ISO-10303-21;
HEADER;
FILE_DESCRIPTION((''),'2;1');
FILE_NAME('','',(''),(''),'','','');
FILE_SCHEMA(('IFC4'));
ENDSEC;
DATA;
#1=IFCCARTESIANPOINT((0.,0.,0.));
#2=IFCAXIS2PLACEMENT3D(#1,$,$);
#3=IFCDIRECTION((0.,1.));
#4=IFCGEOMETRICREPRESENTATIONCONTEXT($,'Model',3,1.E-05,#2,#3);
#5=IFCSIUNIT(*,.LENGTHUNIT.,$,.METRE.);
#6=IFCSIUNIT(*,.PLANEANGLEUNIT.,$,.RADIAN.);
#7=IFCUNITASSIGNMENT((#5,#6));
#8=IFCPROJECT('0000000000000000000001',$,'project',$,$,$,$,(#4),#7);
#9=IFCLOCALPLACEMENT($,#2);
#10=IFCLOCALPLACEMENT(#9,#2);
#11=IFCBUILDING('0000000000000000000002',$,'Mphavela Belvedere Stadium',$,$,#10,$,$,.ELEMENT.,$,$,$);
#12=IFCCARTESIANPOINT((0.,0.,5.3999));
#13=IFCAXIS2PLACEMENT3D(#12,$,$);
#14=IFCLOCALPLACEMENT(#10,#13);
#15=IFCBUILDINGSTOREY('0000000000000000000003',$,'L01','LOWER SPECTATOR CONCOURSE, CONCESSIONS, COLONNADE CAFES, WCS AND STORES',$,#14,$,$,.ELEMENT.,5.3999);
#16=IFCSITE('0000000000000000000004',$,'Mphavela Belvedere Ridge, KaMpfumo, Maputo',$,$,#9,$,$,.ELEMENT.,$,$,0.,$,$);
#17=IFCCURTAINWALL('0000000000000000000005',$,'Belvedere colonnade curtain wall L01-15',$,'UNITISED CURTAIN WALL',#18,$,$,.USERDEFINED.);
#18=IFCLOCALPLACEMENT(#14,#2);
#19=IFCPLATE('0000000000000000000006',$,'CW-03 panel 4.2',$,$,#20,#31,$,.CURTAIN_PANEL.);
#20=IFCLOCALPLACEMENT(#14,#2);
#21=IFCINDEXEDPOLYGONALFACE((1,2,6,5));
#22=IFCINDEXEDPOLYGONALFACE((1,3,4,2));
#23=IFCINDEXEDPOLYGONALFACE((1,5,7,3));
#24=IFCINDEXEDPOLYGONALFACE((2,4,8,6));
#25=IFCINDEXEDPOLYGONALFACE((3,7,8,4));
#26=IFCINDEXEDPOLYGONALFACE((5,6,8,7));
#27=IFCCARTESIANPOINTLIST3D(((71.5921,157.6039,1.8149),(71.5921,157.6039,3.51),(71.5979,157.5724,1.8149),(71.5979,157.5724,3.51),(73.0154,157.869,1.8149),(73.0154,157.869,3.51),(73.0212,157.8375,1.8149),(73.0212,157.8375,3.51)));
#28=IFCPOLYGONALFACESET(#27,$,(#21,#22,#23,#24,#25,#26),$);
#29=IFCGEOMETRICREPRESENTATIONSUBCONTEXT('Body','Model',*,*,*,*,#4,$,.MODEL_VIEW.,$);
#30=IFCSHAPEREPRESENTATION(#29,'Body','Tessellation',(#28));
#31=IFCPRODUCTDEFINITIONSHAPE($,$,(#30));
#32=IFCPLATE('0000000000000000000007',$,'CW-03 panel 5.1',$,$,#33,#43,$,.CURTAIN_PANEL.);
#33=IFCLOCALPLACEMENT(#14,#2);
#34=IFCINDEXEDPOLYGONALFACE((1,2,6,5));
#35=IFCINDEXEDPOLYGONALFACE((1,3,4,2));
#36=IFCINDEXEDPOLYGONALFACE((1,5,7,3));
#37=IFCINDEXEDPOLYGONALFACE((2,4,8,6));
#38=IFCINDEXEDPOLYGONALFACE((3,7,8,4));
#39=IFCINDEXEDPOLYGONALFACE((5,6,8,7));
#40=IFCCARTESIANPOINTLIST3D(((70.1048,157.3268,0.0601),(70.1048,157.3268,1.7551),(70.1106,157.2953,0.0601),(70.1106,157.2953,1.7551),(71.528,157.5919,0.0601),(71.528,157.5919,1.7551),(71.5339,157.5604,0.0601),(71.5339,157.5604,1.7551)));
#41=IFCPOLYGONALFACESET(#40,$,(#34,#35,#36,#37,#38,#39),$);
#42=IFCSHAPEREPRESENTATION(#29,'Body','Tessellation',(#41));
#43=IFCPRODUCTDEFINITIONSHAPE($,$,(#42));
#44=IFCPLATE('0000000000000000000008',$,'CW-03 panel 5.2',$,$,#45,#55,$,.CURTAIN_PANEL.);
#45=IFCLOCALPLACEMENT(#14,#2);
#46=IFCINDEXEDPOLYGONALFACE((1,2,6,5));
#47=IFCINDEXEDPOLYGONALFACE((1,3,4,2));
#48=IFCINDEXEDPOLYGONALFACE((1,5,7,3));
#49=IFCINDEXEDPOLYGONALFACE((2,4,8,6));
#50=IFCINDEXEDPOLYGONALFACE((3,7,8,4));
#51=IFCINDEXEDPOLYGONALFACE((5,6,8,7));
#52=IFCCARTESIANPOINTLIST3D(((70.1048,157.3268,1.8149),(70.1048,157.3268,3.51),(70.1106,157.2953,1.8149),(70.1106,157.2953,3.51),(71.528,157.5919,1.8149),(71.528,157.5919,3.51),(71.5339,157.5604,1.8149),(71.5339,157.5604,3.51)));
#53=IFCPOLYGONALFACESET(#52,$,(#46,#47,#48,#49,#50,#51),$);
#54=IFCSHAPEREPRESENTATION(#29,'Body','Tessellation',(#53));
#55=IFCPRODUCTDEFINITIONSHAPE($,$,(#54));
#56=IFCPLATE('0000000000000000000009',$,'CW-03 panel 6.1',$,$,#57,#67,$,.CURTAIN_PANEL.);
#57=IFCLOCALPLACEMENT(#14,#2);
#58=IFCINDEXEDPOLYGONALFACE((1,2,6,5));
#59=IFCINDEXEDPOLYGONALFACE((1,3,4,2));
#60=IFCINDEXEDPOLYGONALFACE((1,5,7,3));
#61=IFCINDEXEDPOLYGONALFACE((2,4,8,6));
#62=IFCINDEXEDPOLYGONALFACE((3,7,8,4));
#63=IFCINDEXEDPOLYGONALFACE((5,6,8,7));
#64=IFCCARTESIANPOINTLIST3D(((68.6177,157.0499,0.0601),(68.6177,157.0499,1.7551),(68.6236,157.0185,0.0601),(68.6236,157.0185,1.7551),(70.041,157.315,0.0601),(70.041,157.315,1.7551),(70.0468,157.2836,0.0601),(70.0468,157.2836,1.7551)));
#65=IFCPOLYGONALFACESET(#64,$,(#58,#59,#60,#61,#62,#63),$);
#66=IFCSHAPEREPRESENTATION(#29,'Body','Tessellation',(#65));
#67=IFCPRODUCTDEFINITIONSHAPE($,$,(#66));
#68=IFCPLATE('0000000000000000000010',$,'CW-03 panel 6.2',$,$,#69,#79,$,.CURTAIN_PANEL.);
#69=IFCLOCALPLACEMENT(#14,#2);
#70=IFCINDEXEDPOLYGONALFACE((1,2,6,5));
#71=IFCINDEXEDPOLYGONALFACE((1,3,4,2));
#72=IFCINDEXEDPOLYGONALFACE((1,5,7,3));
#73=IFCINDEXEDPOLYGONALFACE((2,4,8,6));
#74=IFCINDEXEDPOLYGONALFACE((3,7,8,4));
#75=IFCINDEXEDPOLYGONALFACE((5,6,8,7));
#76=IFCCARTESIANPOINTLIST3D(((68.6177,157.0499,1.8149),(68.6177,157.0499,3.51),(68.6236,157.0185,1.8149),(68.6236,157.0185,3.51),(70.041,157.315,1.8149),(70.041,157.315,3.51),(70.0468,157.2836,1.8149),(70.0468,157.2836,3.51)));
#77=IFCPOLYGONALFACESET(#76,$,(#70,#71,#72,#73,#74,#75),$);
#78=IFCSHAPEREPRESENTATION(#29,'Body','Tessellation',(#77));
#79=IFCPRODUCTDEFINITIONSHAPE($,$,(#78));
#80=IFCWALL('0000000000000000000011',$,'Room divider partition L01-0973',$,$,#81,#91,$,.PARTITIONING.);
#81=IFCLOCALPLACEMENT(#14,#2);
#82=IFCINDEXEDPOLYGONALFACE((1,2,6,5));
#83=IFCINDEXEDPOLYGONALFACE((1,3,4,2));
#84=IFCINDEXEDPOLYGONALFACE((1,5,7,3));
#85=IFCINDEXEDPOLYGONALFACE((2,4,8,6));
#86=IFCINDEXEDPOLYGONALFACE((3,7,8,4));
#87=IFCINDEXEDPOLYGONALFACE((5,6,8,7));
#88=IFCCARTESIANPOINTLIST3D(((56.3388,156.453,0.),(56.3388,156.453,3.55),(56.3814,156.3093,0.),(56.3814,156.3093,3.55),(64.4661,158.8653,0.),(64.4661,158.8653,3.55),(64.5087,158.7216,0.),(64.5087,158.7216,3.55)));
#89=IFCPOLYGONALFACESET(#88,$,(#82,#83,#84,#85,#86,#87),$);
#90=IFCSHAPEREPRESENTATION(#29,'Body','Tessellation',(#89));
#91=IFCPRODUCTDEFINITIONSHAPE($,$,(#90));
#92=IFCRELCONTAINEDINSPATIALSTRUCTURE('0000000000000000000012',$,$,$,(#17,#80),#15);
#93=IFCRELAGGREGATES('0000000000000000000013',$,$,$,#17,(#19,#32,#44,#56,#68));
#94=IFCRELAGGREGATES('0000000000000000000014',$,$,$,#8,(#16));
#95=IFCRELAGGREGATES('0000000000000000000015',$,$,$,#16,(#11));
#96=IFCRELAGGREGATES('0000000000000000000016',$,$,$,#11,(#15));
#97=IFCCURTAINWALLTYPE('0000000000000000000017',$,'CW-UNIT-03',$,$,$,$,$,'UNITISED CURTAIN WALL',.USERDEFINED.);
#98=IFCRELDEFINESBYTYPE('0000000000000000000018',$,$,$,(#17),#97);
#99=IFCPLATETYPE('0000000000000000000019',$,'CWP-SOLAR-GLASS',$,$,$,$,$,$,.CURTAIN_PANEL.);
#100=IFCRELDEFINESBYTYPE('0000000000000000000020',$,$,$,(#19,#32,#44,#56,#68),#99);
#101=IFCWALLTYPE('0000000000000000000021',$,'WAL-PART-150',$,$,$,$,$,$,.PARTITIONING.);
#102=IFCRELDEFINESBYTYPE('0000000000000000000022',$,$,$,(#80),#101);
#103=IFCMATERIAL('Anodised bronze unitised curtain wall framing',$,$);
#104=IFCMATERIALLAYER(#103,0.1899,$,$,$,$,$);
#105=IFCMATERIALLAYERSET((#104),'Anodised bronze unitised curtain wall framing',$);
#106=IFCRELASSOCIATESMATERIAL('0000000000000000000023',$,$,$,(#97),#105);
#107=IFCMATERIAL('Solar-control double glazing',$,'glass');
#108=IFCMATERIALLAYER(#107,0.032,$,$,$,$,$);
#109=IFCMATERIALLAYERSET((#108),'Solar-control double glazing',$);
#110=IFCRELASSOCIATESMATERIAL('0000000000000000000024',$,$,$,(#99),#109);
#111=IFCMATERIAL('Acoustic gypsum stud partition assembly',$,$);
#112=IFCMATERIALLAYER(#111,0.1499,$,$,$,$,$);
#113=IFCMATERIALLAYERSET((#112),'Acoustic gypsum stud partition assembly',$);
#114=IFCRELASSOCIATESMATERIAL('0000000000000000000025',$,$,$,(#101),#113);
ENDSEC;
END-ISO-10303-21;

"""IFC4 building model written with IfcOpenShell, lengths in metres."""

from ifc_helpers import new_model, si_unit, direction, frame, frame_2d, origin, origin_2d, place, context, subcontext, project, spatial, rectangle, extrude, material, layer, layer_set, type_object, element, aggregate, save


model = new_model("IFC4")

# Units and contexts
model_context = context("Model", 3, precision=1e-05, world=origin(), true_north=direction((0.0, 1.0)))
body_context = subcontext(model_context, "Body", "Model", "MODEL_VIEW")
ifc_project = project(units=[si_unit("LENGTHUNIT", "METRE"), si_unit("PLANEANGLEUNIT", "RADIAN")], contexts=[model_context])

# Site, building, storey
site_placement = place(None, origin())
site = spatial("IfcSite", under=ifc_project, at=site_placement, Name="Mphavela Belvedere Ridge, KaMpfumo, Maputo", CompositionType="ELEMENT", RefElevation=0.0)
building_placement = place(site_placement, origin())
building = spatial("IfcBuilding", under=site, at=building_placement, Name="Mphavela Belvedere Stadium", CompositionType="ELEMENT")
storey_placement = place(building_placement, frame((0.0, 0.0, 5.3999)))
storey = spatial("IfcBuildingStorey", under=building, at=storey_placement, Name="L01", Description="LOWER SPECTATOR CONCOURSE, CONCESSIONS, COLONNADE CAFES, WCS AND STORES", CompositionType="ELEMENT", Elevation=5.3999)

# Curtain wall, plates
ifc_material_1 = material(Name="Anodised bronze unitised curtain wall framing")
ifc_layer_1 = layer(ifc_material_1, 0.1899)
ifc_layer_set_1 = layer_set([ifc_layer_1], Name="Anodised bronze unitised curtain wall framing")
curtain_wall_type = type_object("IfcCurtainWallType", Name="CW-UNIT-03", ElementType="UNITISED CURTAIN WALL", PredefinedType="USERDEFINED", material=ifc_layer_set_1)
curtain_wall_placement = place(storey_placement, origin())
curtain_wall = element("IfcCurtainWall", 1, at=curtain_wall_placement, inside=storey, type_object=curtain_wall_type, Name="Belvedere colonnade curtain wall L01-15", ObjectType="UNITISED CURTAIN WALL", PredefinedType="USERDEFINED")
ifc_material_2 = material(Name="Solar-control double glazing", Category="glass")
ifc_layer_2 = layer(ifc_material_2, 0.032)
ifc_layer_set_2 = layer_set([ifc_layer_2], Name="Solar-control double glazing")
plate_type = type_object("IfcPlateType", Name="CWP-SOLAR-GLASS", PredefinedType="CURTAIN_PANEL", material=ifc_layer_set_2)
plate_1_placement = place(storey_placement, frame((72.3066, 157.7207, 1.8149), z_axis=(0.0, 0.0, 1.0), x_axis=(-0.983095, -0.183095, 0.0)))
plate_1 = element("IfcPlate", 2, at=plate_1_placement, type_object=plate_type, Name="CW-03 panel 4.2", PredefinedType="CURTAIN_PANEL", context=body_context, shape_type="SweptSolid", body=[
    extrude(rectangle(XDim=1.4478, YDim=0.032, at=origin_2d()), origin(), (0.0, 0.0, 1.0), 1.6951),
])
plate_2_placement = place(storey_placement, frame((70.8193, 157.4436, 0.0601), z_axis=(0.0, 0.0, 1.0), x_axis=(-0.983095, -0.183095, 0.0)))
plate_2 = element("IfcPlate", 3, at=plate_2_placement, type_object=plate_type, Name="CW-03 panel 5.1", PredefinedType="CURTAIN_PANEL", context=body_context, shape_type="SweptSolid", body=[
    extrude(rectangle(XDim=1.4478, YDim=0.032, at=origin_2d()), origin(), (0.0, 0.0, 1.0), 1.6951),
])
plate_3_placement = place(storey_placement, frame((70.8193, 157.4436, 1.8149), z_axis=(0.0, 0.0, 1.0), x_axis=(-0.983095, -0.183095, 0.0)))
plate_3 = element("IfcPlate", 4, at=plate_3_placement, type_object=plate_type, Name="CW-03 panel 5.2", PredefinedType="CURTAIN_PANEL", context=body_context, shape_type="SweptSolid", body=[
    extrude(rectangle(XDim=1.4478, YDim=0.032, at=origin_2d()), origin(), (0.0, 0.0, 1.0), 1.6951),
])
plate_4_placement = place(storey_placement, frame((69.3323, 157.1667, 0.0601), z_axis=(0.0, 0.0, 1.0), x_axis=(-0.983095, -0.183095, 0.0)))
plate_4 = element("IfcPlate", 5, at=plate_4_placement, type_object=plate_type, Name="CW-03 panel 6.1", PredefinedType="CURTAIN_PANEL", context=body_context, shape_type="SweptSolid", body=[
    extrude(rectangle(XDim=1.4478, YDim=0.032, at=origin_2d()), origin(), (0.0, 0.0, 1.0), 1.6951),
])
plate_5_placement = place(storey_placement, frame((69.3323, 157.1667, 1.8149), z_axis=(0.0, 0.0, 1.0), x_axis=(-0.983095, -0.183095, 0.0)))
plate_5 = element("IfcPlate", 6, at=plate_5_placement, type_object=plate_type, Name="CW-03 panel 6.2", PredefinedType="CURTAIN_PANEL", context=body_context, shape_type="SweptSolid", body=[
    extrude(rectangle(XDim=1.4478, YDim=0.032, at=origin_2d()), origin(), (0.0, 0.0, 1.0), 1.6951),
])
aggregate(curtain_wall, [plate_1, plate_2, plate_3, plate_4, plate_5])

# Wall
ifc_material_3 = material(Name="Acoustic gypsum stud partition assembly")
ifc_layer_3 = layer(ifc_material_3, 0.1499)
ifc_layer_set_3 = layer_set([ifc_layer_3], Name="Acoustic gypsum stud partition assembly")
wall_type = type_object("IfcWallType", Name="WAL-PART-150", PredefinedType="PARTITIONING", material=ifc_layer_set_3)
wall_placement = place(storey_placement, frame((64.4873, 158.7935, 0.0), z_axis=(0.0, 0.0, 1.0), x_axis=(-0.95866, -0.284554, 0.0)))
element("IfcWall", 7, at=wall_placement, inside=storey, type_object=wall_type, Name="Room divider partition L01-0973", PredefinedType="PARTITIONING", context=body_context, shape_type="SweptSolid", body=[
    extrude(rectangle(XDim=8.4778, YDim=0.1499, at=frame_2d((4.2388, 0.0))), origin(), (0.0, 0.0, 1.0), 3.55),
])

save(model, "model.ifc")
